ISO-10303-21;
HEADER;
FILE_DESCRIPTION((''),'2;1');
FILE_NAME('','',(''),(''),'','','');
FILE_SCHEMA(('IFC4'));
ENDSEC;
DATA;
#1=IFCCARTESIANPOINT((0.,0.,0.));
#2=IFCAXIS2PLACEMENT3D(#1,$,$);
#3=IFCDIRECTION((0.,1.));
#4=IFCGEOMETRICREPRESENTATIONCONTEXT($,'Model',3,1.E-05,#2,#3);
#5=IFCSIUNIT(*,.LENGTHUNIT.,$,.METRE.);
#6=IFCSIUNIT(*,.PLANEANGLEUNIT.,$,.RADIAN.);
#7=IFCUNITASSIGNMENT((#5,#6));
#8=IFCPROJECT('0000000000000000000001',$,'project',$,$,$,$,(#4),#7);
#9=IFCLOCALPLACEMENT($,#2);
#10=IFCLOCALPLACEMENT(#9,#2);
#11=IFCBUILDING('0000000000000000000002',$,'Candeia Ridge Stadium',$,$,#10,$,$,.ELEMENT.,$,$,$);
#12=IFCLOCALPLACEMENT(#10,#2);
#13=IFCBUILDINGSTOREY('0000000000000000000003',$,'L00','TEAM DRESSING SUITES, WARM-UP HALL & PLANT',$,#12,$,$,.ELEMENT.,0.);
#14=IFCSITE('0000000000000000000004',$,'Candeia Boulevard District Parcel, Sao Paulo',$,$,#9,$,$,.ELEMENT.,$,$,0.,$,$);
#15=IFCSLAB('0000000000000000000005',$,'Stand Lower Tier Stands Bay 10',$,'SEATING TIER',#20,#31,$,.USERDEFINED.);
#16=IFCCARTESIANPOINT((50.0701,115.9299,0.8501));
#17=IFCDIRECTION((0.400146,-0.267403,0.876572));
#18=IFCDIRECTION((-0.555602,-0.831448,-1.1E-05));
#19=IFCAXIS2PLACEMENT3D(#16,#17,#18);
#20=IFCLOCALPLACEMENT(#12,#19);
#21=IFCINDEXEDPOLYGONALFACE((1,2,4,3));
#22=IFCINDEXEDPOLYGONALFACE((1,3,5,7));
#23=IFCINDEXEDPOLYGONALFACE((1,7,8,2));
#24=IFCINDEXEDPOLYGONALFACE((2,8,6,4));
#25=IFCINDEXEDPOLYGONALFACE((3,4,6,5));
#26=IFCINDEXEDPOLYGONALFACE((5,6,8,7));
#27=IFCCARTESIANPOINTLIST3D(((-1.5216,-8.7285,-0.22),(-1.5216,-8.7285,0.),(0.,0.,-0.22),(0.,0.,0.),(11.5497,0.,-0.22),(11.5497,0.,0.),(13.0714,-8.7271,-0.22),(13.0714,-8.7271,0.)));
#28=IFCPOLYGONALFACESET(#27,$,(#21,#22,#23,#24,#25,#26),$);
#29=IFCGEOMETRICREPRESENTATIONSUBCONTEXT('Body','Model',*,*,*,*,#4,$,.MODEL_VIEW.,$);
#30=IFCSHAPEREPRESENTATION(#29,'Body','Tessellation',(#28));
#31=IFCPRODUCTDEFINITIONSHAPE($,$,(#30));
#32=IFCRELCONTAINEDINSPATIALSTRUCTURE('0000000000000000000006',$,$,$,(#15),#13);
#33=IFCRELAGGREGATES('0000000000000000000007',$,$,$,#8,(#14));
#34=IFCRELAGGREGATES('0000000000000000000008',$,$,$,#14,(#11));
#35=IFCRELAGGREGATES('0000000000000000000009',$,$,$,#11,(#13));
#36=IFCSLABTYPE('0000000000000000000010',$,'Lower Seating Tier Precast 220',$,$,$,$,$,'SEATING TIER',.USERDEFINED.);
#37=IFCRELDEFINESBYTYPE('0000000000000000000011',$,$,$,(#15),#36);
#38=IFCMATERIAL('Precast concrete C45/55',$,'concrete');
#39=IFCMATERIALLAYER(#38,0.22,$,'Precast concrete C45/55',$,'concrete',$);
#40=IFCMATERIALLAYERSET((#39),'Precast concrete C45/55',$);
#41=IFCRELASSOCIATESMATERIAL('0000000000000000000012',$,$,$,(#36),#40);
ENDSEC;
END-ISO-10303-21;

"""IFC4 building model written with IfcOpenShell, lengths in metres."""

from ifc_helpers import new_model, si_unit, direction, frame, origin, place, context, subcontext, project, spatial, polyline, outline, extrude, material, layer, layer_set, type_object, element, save


model = new_model("IFC4")

# Units and contexts
model_context = context("Model", 3, precision=1e-05, world=origin(), true_north=direction((0.0, 1.0)))
body_context = subcontext(model_context, "Body", "Model", "MODEL_VIEW")
ifc_project = project(units=[si_unit("LENGTHUNIT", "METRE"), si_unit("PLANEANGLEUNIT", "RADIAN")], contexts=[model_context])

# Site, building, storey
site_placement = place(None, origin())
site = spatial("IfcSite", under=ifc_project, at=site_placement, Name="Candeia Boulevard District Parcel, Sao Paulo", CompositionType="ELEMENT", RefElevation=0.0)
building_placement = place(site_placement, origin())
building = spatial("IfcBuilding", under=site, at=building_placement, Name="Candeia Ridge Stadium", CompositionType="ELEMENT")
storey_placement = place(building_placement, origin())
storey = spatial("IfcBuildingStorey", under=building, at=storey_placement, Name="L00", Description="TEAM DRESSING SUITES, WARM-UP HALL & PLANT", CompositionType="ELEMENT", Elevation=0.0)

# Slab
ifc_material_1 = material(Name="Precast concrete C45/55", Category="concrete")
ifc_layer_1 = layer(ifc_material_1, 0.22, Name="Precast concrete C45/55", Category="concrete")
ifc_layer_set_1 = layer_set([ifc_layer_1], Name="Precast concrete C45/55")
slab_type = type_object("IfcSlabType", Name="Lower Seating Tier Precast 220", ElementType="SEATING TIER", PredefinedType="USERDEFINED", material=ifc_layer_set_1)
slab_placement = place(storey_placement, frame((50.0701, 115.9299, 0.8501), z_axis=(0.400146, -0.267403, 0.876572), x_axis=(-0.555602, -0.831448, -0.000011)))
element("IfcSlab", 1, at=slab_placement, inside=storey, type_object=slab_type, Name="Stand Lower Tier Stands Bay 10", ObjectType="SEATING TIER", PredefinedType="USERDEFINED", context=body_context, shape_type="SweptSolid", body=[
    extrude(outline(polyline([(0.0, 0.0), (11.5497, 0.0), (13.0714, -8.7271), (-1.5216, -8.7285), (0.0, 0.0)])), origin(), (0.0, 0.0, -1.0), 0.22),
])

save(model, "model.ifc")
